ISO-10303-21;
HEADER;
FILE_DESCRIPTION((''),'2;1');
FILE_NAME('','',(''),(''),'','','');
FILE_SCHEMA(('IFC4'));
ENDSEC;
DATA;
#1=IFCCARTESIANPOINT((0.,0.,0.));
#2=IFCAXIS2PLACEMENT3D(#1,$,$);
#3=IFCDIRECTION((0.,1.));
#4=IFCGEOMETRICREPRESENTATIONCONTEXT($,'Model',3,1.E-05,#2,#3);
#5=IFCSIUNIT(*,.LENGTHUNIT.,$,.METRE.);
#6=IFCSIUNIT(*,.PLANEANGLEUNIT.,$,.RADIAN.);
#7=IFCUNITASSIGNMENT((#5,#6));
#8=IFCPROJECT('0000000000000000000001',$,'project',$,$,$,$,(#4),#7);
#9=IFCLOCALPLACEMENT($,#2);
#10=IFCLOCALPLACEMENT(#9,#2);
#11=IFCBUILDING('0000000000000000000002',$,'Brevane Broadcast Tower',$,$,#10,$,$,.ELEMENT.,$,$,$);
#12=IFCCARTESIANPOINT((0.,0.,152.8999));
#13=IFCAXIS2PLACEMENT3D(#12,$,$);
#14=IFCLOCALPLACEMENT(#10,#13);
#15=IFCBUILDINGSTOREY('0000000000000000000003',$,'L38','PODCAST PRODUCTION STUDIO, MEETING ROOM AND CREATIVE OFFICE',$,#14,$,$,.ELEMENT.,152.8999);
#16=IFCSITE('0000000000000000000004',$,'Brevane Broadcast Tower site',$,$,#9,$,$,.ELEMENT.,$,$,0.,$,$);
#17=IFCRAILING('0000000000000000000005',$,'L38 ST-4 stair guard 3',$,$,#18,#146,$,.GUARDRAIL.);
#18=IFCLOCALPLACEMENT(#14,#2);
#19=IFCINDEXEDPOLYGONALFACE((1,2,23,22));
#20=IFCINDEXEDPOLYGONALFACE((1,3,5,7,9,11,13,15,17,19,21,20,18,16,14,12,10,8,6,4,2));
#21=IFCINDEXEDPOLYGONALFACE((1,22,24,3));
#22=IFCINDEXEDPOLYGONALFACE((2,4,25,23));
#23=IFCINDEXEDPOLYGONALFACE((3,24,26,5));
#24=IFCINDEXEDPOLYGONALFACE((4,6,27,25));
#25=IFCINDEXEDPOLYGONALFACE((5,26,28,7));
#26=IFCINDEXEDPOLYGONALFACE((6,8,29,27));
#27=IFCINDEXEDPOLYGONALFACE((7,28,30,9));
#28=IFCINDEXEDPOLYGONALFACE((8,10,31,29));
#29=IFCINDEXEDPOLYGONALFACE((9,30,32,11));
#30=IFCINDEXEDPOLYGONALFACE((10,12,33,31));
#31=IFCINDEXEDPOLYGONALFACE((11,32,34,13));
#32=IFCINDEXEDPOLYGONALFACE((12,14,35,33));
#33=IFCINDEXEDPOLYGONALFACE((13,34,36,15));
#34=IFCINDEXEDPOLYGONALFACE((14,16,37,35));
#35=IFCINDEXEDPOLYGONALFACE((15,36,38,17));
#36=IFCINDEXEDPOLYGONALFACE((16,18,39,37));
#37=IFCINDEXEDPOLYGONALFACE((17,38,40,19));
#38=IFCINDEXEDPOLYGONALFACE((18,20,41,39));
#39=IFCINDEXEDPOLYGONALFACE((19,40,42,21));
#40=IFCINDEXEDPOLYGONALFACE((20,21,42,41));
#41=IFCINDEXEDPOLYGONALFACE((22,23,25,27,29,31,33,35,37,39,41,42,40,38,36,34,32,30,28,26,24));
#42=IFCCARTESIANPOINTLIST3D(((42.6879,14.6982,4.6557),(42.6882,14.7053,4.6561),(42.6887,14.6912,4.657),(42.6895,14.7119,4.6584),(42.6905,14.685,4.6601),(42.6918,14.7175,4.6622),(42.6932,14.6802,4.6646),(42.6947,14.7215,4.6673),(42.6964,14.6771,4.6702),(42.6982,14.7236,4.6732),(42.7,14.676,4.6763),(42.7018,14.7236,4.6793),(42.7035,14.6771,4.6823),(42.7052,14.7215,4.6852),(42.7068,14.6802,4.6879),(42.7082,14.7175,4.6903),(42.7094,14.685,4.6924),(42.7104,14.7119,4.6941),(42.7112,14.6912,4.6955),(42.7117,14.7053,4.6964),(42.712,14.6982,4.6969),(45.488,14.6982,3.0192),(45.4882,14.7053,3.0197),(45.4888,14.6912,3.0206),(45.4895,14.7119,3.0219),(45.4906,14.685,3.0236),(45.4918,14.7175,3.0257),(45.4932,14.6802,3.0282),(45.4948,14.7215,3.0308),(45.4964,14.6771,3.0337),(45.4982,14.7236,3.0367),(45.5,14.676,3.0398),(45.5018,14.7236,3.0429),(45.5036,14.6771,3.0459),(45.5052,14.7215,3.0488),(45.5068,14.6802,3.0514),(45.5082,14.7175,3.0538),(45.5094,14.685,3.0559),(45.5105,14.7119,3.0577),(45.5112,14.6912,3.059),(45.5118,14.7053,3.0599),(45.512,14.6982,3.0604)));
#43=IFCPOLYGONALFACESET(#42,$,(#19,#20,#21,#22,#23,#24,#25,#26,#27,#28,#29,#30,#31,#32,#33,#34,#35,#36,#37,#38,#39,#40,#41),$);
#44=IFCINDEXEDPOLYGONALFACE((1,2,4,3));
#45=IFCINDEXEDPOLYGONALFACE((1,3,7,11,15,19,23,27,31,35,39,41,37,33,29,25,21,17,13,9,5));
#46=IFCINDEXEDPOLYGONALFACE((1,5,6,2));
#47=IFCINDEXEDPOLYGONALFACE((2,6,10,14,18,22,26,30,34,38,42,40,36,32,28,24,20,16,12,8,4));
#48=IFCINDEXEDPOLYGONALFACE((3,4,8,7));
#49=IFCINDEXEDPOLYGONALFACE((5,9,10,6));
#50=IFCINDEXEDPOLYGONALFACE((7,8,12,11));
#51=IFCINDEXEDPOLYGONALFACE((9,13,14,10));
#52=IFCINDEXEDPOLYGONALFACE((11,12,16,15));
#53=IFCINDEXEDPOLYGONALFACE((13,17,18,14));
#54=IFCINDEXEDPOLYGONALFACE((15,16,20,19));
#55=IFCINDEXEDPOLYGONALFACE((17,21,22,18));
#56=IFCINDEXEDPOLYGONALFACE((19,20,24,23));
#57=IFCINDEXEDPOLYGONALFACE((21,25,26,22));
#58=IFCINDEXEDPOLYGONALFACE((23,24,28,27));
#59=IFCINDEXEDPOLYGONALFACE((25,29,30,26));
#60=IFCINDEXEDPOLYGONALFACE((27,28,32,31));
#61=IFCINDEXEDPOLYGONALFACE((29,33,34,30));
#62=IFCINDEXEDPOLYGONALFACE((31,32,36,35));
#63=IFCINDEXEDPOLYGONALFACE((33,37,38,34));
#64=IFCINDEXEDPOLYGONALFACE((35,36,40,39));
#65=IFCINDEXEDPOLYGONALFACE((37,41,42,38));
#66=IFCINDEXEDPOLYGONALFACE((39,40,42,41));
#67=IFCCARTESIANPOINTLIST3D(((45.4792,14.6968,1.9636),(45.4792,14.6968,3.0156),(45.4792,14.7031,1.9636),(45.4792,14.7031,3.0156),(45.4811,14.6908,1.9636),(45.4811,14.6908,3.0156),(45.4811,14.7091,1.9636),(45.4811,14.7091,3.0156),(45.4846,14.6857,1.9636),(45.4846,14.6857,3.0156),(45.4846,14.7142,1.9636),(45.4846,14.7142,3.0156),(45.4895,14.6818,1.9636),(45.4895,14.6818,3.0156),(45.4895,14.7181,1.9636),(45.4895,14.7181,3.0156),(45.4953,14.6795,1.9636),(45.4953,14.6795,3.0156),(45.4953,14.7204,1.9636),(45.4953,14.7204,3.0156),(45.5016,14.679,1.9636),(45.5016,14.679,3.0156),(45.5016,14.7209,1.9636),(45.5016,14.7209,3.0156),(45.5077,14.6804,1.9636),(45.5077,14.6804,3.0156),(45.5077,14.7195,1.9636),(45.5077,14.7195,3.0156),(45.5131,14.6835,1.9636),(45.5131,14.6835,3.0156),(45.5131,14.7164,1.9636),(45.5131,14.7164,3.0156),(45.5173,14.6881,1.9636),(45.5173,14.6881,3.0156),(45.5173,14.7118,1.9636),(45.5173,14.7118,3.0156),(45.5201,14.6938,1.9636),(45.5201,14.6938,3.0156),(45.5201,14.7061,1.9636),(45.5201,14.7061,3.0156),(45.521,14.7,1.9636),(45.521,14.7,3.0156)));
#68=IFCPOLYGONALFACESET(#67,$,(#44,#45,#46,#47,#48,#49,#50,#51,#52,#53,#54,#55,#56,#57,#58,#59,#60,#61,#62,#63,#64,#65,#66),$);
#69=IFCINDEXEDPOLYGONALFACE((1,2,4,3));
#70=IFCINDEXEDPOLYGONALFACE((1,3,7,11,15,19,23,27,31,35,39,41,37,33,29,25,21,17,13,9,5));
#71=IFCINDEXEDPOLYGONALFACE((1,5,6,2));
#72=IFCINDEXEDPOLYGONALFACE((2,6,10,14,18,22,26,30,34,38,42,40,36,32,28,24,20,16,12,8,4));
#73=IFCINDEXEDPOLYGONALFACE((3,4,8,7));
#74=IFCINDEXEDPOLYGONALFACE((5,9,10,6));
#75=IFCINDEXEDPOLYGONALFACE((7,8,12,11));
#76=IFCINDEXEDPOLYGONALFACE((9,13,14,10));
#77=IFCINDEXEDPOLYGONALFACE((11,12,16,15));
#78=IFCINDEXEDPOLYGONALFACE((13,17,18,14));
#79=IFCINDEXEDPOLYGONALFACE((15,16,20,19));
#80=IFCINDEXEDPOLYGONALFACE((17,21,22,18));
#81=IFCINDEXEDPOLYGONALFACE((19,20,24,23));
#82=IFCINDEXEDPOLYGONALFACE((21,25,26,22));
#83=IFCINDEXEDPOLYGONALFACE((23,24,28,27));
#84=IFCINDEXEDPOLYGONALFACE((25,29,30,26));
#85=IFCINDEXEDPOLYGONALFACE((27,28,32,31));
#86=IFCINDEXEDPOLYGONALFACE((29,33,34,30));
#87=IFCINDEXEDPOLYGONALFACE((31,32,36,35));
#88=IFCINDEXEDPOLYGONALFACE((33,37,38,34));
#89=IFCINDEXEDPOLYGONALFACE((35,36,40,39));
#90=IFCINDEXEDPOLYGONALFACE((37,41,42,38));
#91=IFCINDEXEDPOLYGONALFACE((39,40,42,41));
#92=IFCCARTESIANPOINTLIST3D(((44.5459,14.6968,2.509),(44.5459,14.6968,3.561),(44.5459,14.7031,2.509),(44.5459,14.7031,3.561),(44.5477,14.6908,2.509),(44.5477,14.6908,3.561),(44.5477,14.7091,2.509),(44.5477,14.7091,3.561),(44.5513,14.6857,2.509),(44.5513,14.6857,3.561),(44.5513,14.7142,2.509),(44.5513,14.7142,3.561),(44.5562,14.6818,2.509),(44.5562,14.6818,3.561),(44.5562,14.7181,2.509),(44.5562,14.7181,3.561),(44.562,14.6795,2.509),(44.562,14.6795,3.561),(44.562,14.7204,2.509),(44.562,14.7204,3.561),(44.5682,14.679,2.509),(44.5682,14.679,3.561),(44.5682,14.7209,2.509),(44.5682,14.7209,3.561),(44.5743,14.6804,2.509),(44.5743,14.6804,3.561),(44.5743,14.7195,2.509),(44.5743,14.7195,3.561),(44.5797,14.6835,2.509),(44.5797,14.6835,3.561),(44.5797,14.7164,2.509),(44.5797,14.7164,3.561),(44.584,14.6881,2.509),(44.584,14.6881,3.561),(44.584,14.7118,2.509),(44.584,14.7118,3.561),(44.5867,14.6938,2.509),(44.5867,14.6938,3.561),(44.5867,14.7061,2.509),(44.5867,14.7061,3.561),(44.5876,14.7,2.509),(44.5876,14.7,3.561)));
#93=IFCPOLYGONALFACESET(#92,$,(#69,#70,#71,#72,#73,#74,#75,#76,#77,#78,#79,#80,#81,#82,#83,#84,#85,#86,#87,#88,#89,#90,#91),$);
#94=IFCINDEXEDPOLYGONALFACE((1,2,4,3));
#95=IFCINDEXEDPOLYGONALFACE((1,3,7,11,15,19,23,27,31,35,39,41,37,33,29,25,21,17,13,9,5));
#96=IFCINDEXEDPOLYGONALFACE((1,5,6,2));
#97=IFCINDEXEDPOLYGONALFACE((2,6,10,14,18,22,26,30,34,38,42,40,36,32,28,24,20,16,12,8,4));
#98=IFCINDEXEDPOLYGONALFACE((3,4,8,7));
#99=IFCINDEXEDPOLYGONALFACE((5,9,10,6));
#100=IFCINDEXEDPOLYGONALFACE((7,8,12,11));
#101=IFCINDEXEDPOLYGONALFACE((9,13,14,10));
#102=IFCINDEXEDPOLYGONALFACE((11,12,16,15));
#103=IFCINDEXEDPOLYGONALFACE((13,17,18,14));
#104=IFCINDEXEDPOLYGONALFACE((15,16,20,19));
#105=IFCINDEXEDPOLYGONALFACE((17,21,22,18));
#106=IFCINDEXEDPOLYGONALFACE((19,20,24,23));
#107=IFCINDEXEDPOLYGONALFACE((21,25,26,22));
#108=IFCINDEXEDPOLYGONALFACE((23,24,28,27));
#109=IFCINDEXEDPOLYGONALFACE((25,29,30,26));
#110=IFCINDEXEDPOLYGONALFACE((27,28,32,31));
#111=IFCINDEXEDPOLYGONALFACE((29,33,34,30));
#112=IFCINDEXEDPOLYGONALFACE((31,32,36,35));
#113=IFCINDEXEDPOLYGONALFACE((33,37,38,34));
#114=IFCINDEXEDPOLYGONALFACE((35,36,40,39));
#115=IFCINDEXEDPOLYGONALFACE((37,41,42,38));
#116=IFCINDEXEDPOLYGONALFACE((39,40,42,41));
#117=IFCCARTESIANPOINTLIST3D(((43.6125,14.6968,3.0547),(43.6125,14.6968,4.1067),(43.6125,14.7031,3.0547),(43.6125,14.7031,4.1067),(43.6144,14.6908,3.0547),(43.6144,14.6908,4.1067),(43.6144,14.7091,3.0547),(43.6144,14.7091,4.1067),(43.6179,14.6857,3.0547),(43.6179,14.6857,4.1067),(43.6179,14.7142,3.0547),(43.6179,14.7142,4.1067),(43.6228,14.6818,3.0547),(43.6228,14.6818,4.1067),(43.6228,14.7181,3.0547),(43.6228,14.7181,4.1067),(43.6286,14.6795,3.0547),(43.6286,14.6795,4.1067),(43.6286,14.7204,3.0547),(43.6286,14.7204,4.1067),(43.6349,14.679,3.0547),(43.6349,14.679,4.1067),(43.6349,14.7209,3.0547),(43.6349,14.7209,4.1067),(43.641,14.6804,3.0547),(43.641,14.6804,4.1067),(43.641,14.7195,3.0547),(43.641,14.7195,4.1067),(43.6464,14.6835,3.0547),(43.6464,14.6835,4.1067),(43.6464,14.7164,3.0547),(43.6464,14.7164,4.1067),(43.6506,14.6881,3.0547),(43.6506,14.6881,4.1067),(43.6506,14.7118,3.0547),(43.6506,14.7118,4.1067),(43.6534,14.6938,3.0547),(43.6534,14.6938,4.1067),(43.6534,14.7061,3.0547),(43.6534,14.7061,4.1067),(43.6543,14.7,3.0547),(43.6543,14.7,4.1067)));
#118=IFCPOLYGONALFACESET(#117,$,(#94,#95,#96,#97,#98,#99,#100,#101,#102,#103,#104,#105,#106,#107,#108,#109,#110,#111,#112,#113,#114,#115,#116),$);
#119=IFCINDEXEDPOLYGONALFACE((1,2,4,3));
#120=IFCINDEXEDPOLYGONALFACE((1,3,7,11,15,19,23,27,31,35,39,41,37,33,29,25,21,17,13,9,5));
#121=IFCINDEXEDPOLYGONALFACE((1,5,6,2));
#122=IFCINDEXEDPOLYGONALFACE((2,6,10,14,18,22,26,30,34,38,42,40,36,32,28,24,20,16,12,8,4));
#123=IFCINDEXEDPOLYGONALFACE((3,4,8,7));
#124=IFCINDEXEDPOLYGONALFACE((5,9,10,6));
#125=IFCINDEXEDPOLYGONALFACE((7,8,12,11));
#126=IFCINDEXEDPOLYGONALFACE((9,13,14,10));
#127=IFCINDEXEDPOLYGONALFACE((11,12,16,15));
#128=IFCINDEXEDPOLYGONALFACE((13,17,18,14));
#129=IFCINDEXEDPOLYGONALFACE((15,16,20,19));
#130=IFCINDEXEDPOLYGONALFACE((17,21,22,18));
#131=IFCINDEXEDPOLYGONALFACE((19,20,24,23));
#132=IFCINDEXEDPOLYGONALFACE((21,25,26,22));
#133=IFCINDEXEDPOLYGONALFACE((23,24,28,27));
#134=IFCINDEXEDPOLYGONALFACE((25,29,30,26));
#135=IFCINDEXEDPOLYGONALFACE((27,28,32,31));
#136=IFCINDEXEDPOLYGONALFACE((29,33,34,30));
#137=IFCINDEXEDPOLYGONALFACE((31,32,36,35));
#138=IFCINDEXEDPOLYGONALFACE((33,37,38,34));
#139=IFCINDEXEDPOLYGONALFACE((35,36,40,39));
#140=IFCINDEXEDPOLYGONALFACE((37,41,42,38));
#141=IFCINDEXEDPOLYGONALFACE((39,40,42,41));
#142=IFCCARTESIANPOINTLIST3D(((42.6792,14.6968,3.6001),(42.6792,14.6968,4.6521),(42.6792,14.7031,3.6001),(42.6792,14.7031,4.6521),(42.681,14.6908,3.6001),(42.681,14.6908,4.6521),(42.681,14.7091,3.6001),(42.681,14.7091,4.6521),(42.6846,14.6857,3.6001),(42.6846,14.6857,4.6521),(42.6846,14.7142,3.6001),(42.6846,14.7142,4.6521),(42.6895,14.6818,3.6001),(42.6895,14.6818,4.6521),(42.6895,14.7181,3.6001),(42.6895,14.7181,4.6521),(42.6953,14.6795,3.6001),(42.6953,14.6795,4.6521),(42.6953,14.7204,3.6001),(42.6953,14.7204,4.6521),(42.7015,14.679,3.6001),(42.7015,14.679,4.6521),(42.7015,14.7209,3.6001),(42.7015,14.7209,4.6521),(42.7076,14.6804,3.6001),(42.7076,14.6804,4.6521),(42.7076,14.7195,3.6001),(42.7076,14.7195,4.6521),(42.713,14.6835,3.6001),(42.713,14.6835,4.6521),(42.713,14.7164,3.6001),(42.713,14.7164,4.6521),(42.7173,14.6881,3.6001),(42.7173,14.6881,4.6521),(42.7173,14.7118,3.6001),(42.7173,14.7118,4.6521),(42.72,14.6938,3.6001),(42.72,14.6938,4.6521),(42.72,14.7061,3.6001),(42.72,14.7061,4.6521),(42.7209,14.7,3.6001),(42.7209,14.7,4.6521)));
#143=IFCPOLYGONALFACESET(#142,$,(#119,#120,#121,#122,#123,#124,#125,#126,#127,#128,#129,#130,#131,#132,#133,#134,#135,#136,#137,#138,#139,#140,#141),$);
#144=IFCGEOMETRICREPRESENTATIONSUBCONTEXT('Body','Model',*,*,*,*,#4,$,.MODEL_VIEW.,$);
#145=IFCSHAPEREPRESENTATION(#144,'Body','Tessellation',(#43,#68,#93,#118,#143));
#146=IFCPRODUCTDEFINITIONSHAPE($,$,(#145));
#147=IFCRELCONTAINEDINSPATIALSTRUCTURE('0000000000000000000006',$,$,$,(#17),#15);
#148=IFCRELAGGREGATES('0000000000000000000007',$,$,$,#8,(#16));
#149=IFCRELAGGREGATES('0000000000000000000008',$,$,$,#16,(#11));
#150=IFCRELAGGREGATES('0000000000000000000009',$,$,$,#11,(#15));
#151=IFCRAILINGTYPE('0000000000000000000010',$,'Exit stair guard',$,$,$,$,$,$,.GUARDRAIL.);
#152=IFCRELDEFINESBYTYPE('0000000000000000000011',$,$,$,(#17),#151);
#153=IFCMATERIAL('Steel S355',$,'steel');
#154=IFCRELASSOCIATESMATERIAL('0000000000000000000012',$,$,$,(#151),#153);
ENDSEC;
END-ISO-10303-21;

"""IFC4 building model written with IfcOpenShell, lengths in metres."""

from ifc_helpers import new_model, si_unit, direction, frame, origin, origin_2d, place, context, subcontext, project, spatial, circle, extrude, material, type_object, element, save


model = new_model("IFC4")

# Units and contexts
model_context = context("Model", 3, precision=1e-05, world=origin(), true_north=direction((0.0, 1.0)))
body_context = subcontext(model_context, "Body", "Model", "MODEL_VIEW")
ifc_project = project(units=[si_unit("LENGTHUNIT", "METRE"), si_unit("PLANEANGLEUNIT", "RADIAN")], contexts=[model_context])

# Site, building, storey
site_placement = place(None, origin())
site = spatial("IfcSite", under=ifc_project, at=site_placement, Name="Brevane Broadcast Tower site", CompositionType="ELEMENT", RefElevation=0.0)
building_placement = place(site_placement, origin())
building = spatial("IfcBuilding", under=site, at=building_placement, Name="Brevane Broadcast Tower", CompositionType="ELEMENT")
storey_placement = place(building_placement, frame((0.0, 0.0, 152.8999)))
storey = spatial("IfcBuildingStorey", under=building, at=storey_placement, Name="L38", Description="PODCAST PRODUCTION STUDIO, MEETING ROOM AND CREATIVE OFFICE", CompositionType="ELEMENT", Elevation=152.8999)

# Railing
ifc_material_1 = material(Name="Steel S355", Category="steel")
railing_type_1 = type_object("IfcRailingType", Name="Exit stair guard", PredefinedType="GUARDRAIL", material=ifc_material_1)
railing_1_placement = place(storey_placement, frame((45.5, 14.7, 1.9636)))
element("IfcRailing", 1, at=railing_1_placement, inside=storey, type_object=railing_type_1, Name="L38 ST-4 stair guard 3", PredefinedType="GUARDRAIL", context=body_context, shape_type="SweptSolid", body=[
    extrude(circle(Radius=0.0239, at=origin_2d()), frame((0.0, 0.0, 1.0762), z_axis=(-0.863361, 0.0, 0.504587), x_axis=(0.0, -1.0, 0.0)), (0.0, 0.0, 1.0), 3.2432),
    extrude(circle(Radius=0.021, at=origin_2d()), origin(), (0.0, 0.0, 1.0), 1.052),
    extrude(circle(Radius=0.021, at=origin_2d()), frame((-0.9333, 0.0, 0.5454)), (0.0, 0.0, 1.0), 1.052),
    extrude(circle(Radius=0.021, at=origin_2d()), frame((-1.8667, 0.0, 1.0911)), (0.0, 0.0, 1.0), 1.052),
    extrude(circle(Radius=0.021, at=origin_2d()), frame((-2.8, 0.0, 1.6365)), (0.0, 0.0, 1.0), 1.052),
])

save(model, "model.ifc")
